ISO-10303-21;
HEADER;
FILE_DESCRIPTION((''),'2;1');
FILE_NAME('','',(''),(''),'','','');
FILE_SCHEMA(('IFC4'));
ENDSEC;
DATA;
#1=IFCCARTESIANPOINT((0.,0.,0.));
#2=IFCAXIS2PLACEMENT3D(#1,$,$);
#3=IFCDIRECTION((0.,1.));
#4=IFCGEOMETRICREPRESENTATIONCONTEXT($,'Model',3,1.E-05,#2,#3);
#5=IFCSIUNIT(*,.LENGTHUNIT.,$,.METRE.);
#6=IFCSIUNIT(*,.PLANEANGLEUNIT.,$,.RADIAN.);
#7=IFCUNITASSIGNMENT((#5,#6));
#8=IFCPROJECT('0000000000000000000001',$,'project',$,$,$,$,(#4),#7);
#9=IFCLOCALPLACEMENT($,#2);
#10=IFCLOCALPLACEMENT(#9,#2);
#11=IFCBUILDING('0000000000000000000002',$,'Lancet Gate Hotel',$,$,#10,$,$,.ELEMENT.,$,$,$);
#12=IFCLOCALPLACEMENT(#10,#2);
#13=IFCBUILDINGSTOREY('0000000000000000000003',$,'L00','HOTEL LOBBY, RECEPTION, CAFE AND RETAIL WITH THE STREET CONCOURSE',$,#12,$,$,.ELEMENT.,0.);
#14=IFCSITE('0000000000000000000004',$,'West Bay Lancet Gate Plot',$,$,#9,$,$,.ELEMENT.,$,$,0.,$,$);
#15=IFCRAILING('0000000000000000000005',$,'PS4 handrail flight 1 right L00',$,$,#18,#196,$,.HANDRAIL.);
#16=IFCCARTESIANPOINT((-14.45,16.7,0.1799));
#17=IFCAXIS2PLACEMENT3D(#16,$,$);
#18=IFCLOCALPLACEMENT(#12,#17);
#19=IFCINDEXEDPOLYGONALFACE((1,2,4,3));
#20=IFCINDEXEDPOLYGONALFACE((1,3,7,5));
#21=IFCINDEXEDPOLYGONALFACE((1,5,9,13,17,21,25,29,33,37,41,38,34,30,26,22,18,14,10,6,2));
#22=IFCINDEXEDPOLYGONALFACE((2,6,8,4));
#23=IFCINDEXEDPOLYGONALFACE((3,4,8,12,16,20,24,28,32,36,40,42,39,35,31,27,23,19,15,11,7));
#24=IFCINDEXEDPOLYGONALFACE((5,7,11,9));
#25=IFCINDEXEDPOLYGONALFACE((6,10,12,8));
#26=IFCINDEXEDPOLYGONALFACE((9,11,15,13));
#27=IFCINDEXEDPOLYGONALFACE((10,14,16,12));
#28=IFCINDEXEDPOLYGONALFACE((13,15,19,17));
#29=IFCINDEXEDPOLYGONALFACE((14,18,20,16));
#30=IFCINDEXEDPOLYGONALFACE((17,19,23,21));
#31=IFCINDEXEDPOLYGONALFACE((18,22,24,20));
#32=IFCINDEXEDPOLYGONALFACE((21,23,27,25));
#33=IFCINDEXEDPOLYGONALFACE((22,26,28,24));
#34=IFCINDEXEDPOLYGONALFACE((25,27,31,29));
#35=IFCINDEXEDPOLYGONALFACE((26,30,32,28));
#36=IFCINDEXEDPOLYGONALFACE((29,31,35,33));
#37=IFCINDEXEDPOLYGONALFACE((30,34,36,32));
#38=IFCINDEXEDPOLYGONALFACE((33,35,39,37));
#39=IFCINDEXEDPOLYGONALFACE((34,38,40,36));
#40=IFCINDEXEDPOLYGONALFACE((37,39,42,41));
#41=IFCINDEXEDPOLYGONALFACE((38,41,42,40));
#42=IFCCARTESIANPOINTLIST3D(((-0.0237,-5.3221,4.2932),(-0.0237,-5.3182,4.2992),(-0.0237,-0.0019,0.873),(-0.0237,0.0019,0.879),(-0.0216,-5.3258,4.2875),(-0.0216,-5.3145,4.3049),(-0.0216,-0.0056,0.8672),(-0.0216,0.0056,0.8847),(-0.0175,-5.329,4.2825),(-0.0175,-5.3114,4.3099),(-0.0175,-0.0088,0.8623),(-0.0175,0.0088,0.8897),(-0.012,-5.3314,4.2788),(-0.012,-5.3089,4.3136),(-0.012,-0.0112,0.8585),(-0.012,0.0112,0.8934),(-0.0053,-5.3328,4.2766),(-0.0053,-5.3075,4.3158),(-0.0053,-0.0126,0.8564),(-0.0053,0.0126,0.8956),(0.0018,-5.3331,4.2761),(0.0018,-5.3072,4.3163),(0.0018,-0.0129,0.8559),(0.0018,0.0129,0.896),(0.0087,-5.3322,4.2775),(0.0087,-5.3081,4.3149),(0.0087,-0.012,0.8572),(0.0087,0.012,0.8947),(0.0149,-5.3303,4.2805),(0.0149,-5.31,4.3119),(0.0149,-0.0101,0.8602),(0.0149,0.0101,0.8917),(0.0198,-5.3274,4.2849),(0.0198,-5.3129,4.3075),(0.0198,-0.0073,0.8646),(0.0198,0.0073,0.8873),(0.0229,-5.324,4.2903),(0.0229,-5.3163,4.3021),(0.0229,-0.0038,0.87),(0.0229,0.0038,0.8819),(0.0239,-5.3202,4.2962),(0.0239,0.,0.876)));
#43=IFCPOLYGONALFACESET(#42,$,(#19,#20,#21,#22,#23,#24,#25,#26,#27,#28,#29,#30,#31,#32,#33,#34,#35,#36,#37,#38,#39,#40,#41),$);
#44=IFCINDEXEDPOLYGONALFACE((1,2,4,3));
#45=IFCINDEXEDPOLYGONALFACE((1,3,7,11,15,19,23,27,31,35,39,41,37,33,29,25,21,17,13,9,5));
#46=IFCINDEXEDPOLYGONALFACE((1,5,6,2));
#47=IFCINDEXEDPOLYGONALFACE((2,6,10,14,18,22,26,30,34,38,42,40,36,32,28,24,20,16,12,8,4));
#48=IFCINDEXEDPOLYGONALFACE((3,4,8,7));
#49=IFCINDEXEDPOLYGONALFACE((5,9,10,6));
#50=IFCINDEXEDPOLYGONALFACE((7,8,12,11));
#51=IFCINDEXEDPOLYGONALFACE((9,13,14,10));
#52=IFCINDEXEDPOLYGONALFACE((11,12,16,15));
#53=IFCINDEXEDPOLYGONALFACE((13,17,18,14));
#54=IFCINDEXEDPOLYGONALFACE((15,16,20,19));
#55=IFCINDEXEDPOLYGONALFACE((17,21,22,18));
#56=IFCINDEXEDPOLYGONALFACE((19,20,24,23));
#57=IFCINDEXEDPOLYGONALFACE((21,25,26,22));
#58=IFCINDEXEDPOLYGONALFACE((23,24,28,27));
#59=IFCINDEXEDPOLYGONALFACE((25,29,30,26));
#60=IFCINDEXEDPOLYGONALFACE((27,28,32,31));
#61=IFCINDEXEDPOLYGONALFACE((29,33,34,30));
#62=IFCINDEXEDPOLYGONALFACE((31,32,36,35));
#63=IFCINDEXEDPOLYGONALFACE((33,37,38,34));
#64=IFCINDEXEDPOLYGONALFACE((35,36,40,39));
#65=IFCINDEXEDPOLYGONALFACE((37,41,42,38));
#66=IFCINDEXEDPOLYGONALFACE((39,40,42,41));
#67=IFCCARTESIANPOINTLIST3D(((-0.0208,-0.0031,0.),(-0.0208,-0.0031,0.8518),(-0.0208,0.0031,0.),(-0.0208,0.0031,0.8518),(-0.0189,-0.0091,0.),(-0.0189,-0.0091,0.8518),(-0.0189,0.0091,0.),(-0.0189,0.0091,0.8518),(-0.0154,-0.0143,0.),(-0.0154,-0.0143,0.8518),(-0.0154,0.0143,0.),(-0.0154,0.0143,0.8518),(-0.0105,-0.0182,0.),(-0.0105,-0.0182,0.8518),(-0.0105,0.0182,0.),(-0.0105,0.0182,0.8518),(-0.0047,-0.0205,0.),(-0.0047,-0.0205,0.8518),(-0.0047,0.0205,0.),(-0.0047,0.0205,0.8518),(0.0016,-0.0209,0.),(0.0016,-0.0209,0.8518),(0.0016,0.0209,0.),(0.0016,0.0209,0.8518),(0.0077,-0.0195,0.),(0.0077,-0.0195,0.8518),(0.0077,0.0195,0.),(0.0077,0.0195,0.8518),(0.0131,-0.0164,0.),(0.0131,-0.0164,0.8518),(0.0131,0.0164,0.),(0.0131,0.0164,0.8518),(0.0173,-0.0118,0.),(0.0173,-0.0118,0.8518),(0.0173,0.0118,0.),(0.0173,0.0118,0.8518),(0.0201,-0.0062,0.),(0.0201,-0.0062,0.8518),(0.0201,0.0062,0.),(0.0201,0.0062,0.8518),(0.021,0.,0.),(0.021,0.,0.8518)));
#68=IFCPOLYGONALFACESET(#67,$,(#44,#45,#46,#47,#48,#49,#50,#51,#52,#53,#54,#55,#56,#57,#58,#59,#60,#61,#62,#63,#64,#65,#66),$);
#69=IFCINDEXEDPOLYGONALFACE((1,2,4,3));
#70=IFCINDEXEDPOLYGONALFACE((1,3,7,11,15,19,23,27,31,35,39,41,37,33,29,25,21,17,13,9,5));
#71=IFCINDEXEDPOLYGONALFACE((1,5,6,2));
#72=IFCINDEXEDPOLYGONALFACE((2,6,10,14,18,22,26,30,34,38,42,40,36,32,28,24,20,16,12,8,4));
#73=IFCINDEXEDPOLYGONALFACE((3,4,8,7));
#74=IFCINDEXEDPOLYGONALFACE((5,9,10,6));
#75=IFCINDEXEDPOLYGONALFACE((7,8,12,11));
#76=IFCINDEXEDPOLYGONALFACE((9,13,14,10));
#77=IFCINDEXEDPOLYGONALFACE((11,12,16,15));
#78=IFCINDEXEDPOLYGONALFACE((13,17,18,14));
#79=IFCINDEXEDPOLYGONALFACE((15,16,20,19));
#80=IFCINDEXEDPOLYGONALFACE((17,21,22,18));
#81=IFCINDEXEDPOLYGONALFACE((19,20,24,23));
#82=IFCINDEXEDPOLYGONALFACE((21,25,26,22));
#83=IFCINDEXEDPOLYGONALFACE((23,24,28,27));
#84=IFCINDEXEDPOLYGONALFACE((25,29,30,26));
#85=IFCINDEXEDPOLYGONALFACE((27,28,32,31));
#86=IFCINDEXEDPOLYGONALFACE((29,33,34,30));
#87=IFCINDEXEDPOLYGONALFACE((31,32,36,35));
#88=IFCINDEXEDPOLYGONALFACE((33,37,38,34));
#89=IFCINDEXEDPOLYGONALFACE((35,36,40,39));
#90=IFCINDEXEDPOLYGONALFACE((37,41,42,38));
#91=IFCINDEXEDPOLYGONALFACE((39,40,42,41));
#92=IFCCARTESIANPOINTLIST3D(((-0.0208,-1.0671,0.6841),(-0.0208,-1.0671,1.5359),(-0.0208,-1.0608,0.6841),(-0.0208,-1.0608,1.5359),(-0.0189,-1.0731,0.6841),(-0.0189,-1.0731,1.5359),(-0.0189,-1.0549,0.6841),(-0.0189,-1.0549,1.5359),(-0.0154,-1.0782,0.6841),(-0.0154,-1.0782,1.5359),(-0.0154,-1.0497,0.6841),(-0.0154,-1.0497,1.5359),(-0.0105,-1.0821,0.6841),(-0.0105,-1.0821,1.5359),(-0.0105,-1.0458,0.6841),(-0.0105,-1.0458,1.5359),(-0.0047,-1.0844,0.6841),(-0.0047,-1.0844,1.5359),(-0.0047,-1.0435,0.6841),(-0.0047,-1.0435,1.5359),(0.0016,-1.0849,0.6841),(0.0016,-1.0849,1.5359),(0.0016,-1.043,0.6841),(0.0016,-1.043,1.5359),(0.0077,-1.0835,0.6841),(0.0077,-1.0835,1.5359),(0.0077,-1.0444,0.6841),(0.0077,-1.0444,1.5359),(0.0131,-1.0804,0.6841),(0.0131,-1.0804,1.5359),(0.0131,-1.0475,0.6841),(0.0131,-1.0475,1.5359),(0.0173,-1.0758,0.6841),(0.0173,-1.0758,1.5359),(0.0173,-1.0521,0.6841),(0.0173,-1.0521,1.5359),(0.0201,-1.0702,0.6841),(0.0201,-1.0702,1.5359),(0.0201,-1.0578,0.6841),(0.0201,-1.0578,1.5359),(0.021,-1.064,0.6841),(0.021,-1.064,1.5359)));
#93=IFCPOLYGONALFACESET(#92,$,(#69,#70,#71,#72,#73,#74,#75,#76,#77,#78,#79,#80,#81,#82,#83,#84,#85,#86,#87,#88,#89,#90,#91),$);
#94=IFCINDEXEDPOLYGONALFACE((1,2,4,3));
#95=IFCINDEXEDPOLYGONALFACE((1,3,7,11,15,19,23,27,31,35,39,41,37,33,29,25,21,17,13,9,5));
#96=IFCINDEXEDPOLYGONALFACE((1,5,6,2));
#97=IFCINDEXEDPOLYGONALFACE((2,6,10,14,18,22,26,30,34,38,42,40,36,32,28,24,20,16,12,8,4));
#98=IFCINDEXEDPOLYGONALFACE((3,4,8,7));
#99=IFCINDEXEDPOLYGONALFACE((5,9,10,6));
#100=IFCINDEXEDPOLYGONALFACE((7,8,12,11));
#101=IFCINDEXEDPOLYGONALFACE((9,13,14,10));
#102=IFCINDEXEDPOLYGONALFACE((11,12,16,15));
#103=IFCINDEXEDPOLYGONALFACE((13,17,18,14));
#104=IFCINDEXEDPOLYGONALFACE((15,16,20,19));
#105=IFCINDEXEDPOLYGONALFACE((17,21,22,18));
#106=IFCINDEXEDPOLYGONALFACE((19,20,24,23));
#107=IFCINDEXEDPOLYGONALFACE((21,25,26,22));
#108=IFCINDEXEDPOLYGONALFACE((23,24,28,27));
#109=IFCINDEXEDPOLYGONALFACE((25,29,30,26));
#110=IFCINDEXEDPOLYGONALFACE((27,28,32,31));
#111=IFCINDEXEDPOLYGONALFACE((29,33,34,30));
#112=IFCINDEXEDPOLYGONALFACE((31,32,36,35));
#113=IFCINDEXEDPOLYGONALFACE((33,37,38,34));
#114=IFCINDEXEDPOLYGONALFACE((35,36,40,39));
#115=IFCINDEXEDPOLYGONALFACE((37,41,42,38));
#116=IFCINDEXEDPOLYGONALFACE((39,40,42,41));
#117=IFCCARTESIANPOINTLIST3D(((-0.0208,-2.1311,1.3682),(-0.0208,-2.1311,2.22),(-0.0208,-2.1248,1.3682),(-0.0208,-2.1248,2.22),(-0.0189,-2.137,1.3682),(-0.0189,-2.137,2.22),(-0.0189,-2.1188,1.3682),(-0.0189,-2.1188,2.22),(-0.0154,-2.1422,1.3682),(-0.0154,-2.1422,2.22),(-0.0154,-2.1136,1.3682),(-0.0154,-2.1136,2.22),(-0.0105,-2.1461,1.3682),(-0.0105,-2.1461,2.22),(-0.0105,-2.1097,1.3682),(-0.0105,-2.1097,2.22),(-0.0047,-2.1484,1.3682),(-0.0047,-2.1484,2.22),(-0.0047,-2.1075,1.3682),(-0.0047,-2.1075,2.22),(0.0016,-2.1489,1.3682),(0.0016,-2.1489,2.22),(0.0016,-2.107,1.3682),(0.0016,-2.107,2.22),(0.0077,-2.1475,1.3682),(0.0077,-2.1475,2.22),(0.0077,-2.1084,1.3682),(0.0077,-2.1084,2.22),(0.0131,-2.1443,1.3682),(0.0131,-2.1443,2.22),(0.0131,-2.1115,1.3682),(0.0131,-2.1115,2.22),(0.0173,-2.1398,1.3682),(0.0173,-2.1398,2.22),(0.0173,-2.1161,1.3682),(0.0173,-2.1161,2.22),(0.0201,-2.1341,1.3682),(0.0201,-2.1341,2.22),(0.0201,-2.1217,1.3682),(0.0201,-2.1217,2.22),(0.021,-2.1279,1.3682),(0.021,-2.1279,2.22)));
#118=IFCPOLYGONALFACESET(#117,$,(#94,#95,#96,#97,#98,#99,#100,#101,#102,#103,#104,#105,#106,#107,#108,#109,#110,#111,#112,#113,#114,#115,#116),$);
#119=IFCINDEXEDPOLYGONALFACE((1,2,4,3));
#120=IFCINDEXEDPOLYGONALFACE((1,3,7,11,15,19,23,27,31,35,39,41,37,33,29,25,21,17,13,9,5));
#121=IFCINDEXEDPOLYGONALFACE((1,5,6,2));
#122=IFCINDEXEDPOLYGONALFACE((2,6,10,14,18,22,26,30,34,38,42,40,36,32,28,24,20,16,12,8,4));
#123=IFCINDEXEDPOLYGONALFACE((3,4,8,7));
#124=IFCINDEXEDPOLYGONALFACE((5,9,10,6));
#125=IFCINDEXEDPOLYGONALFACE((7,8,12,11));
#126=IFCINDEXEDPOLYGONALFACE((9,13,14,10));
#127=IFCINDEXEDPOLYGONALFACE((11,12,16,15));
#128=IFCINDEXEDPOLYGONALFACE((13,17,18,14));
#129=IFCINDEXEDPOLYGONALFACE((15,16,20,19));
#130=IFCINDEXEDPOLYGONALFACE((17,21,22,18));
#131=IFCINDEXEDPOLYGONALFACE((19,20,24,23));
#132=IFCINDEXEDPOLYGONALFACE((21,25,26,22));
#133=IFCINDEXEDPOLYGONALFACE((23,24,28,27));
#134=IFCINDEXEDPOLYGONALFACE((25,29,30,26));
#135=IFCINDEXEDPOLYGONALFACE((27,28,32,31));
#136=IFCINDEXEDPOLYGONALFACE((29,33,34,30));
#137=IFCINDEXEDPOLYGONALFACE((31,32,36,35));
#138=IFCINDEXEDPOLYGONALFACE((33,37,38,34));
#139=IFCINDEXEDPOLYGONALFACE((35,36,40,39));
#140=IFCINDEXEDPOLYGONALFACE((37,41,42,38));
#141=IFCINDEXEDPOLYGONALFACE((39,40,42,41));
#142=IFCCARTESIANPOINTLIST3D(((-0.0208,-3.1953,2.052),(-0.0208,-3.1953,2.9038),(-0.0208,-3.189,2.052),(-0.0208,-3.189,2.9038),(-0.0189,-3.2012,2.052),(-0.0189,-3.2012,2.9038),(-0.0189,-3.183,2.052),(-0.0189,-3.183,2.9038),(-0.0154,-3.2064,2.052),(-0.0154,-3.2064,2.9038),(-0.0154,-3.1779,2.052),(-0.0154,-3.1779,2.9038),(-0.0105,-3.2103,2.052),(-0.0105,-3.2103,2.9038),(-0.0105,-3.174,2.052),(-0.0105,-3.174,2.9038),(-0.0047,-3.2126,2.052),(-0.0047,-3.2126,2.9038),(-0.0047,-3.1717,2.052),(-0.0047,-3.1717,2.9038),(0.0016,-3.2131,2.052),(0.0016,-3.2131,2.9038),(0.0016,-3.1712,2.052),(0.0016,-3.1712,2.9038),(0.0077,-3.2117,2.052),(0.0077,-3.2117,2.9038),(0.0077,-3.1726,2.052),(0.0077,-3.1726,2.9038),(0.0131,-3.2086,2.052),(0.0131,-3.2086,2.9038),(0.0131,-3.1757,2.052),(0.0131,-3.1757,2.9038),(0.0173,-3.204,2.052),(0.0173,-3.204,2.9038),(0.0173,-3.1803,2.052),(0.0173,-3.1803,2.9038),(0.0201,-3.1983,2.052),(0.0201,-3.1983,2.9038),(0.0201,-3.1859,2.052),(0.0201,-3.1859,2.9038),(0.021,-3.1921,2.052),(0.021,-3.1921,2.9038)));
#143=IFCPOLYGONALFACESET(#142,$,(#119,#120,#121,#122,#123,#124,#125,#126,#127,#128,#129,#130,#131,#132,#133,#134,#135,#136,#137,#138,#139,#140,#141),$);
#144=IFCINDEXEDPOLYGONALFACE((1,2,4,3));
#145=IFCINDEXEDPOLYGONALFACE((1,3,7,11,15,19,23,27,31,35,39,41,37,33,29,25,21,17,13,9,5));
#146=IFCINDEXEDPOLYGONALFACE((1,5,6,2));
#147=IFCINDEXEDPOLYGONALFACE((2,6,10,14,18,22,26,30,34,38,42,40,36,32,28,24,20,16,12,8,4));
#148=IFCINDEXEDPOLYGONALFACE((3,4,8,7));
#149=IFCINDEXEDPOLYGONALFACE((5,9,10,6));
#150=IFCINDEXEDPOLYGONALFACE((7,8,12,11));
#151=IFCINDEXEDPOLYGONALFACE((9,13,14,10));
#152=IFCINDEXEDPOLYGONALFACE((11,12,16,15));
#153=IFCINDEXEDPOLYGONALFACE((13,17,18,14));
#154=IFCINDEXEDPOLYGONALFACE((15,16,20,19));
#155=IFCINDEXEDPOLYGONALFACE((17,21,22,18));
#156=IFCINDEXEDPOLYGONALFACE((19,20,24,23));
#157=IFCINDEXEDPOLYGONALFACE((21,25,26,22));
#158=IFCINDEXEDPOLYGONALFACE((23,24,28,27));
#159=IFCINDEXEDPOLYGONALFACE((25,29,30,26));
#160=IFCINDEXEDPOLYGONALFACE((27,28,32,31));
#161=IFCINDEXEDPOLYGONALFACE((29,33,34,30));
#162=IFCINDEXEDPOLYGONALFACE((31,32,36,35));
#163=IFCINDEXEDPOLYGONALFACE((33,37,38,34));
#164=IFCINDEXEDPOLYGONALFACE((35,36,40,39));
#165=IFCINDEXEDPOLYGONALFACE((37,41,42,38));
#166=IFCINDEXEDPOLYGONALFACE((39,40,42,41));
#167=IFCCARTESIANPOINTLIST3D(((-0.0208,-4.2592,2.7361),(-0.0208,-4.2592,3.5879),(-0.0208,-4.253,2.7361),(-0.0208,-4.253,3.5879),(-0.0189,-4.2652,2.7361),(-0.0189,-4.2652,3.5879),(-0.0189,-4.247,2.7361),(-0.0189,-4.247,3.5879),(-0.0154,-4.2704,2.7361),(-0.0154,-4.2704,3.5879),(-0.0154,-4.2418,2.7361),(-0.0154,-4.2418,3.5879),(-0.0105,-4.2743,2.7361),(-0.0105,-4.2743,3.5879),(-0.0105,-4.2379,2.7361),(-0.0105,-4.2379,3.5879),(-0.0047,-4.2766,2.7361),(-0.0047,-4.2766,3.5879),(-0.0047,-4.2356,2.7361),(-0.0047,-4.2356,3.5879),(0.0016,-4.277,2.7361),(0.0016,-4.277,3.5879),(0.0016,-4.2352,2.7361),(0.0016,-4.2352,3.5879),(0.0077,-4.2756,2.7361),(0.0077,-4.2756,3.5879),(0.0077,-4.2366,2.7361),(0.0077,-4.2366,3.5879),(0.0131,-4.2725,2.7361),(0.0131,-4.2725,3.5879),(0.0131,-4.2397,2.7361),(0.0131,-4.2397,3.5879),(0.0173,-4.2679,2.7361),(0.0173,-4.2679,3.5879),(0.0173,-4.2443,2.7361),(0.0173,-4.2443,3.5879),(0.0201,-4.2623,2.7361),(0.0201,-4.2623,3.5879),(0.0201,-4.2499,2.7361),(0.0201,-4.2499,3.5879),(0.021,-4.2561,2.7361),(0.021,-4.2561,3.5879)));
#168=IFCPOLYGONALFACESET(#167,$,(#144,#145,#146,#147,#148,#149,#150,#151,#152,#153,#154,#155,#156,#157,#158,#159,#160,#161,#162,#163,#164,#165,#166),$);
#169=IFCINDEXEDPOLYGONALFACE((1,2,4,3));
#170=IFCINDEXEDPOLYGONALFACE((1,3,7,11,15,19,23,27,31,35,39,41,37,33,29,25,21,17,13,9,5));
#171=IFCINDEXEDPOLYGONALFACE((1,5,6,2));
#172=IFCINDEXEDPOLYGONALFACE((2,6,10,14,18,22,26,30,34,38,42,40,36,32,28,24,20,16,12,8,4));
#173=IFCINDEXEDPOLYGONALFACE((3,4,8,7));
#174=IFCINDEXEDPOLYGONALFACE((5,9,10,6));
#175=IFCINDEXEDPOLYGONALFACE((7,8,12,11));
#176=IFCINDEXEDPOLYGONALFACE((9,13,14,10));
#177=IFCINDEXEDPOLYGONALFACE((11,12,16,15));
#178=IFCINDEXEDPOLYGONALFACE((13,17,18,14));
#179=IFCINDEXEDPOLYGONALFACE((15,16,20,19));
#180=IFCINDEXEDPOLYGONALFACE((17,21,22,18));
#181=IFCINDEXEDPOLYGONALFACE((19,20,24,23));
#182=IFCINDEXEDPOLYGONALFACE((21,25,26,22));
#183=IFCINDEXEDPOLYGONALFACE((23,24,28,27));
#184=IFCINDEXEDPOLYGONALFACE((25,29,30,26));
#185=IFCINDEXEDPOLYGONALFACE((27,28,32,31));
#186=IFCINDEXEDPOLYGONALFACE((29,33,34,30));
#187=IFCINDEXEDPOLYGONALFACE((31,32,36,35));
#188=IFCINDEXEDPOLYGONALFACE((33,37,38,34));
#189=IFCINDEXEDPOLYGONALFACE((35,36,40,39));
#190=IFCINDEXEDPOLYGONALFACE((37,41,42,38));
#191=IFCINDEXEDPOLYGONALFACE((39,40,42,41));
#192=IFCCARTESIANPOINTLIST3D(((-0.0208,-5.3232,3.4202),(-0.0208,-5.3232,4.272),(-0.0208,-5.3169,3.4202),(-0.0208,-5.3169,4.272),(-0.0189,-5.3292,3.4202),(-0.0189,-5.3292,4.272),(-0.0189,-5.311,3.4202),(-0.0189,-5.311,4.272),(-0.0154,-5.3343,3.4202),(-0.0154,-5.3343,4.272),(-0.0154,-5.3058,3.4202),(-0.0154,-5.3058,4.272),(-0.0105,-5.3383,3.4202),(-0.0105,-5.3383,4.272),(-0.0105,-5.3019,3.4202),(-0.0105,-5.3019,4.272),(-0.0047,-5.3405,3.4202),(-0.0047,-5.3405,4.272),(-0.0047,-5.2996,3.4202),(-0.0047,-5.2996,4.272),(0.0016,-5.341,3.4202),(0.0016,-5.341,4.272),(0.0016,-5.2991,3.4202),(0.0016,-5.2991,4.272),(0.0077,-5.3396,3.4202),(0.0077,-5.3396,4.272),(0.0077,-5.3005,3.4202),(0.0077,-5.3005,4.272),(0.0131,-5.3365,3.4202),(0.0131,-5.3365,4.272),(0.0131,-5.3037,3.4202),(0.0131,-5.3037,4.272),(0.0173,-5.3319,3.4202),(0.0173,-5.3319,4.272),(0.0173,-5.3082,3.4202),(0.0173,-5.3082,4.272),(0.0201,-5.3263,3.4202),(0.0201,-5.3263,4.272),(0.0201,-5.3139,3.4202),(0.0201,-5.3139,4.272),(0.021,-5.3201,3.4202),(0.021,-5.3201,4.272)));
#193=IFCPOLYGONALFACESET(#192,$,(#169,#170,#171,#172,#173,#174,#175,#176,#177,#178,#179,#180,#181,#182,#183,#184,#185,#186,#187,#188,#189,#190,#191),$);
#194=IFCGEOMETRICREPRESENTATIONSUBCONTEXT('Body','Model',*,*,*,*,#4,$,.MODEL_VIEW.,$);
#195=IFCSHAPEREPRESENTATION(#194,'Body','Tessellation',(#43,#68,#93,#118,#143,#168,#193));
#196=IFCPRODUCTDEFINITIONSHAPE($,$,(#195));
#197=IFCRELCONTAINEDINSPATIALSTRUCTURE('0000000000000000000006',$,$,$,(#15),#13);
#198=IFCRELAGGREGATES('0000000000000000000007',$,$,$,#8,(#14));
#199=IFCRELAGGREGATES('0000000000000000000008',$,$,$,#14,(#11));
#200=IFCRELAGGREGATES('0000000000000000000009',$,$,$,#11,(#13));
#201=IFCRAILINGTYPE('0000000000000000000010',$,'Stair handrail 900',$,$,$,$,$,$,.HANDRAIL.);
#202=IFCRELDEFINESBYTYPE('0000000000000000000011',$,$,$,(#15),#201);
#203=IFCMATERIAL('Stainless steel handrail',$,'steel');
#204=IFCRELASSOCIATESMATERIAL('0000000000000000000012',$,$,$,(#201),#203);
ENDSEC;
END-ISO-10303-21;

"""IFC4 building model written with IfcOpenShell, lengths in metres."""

from ifc_helpers import new_model, si_unit, direction, frame, origin, origin_2d, place, context, subcontext, project, spatial, circle, extrude, material, type_object, element, save


model = new_model("IFC4")

# Units and contexts
model_context = context("Model", 3, precision=1e-05, world=origin(), true_north=direction((0.0, 1.0)))
body_context = subcontext(model_context, "Body", "Model", "MODEL_VIEW")
ifc_project = project(units=[si_unit("LENGTHUNIT", "METRE"), si_unit("PLANEANGLEUNIT", "RADIAN")], contexts=[model_context])

# Site, building, storey
site_placement = place(None, origin())
site = spatial("IfcSite", under=ifc_project, at=site_placement, Name="West Bay Lancet Gate Plot", CompositionType="ELEMENT", RefElevation=0.0)
building_placement = place(site_placement, origin())
building = spatial("IfcBuilding", under=site, at=building_placement, Name="Lancet Gate Hotel", CompositionType="ELEMENT")
storey_placement = place(building_placement, origin())
storey = spatial("IfcBuildingStorey", under=building, at=storey_placement, Name="L00", Description="HOTEL LOBBY, RECEPTION, CAFE AND RETAIL WITH THE STREET CONCOURSE", CompositionType="ELEMENT", Elevation=0.0)

# Railing
ifc_material_1 = material(Name="Stainless steel handrail", Category="steel")
railing_type_1 = type_object("IfcRailingType", Name="Stair handrail 900", PredefinedType="HANDRAIL", material=ifc_material_1)
railing_1_placement = place(storey_placement, frame((-14.45, 16.7, 0.1799)))
element("IfcRailing", 1, at=railing_1_placement, inside=storey, type_object=railing_type_1, Name="PS4 handrail flight 1 right L00", PredefinedType="HANDRAIL", context=body_context, shape_type="SweptSolid", body=[
    extrude(circle(Radius=0.0239, at=origin_2d()), frame((0.0, 0.0, 0.876), z_axis=(0.0, -0.84117, 0.540771), x_axis=(1.0, 0.0, 0.0)), (0.0, 0.0, 1.0), 6.3247),
    extrude(circle(Radius=0.021, at=origin_2d()), origin(), (0.0, 0.0, 1.0), 0.8518),
    extrude(circle(Radius=0.021, at=origin_2d()), frame((0.0, -1.064, 0.6841)), (0.0, 0.0, 1.0), 0.8518),
    extrude(circle(Radius=0.021, at=origin_2d()), frame((0.0, -2.1279, 1.3682)), (0.0, 0.0, 1.0), 0.8518),
    extrude(circle(Radius=0.021, at=origin_2d()), frame((0.0, -3.1921, 2.052)), (0.0, 0.0, 1.0), 0.8518),
    extrude(circle(Radius=0.021, at=origin_2d()), frame((0.0, -4.2561, 2.7361)), (0.0, 0.0, 1.0), 0.8518),
    extrude(circle(Radius=0.021, at=origin_2d()), frame((0.0, -5.3201, 3.4202)), (0.0, 0.0, 1.0), 0.8518),
])

save(model, "model.ifc")
